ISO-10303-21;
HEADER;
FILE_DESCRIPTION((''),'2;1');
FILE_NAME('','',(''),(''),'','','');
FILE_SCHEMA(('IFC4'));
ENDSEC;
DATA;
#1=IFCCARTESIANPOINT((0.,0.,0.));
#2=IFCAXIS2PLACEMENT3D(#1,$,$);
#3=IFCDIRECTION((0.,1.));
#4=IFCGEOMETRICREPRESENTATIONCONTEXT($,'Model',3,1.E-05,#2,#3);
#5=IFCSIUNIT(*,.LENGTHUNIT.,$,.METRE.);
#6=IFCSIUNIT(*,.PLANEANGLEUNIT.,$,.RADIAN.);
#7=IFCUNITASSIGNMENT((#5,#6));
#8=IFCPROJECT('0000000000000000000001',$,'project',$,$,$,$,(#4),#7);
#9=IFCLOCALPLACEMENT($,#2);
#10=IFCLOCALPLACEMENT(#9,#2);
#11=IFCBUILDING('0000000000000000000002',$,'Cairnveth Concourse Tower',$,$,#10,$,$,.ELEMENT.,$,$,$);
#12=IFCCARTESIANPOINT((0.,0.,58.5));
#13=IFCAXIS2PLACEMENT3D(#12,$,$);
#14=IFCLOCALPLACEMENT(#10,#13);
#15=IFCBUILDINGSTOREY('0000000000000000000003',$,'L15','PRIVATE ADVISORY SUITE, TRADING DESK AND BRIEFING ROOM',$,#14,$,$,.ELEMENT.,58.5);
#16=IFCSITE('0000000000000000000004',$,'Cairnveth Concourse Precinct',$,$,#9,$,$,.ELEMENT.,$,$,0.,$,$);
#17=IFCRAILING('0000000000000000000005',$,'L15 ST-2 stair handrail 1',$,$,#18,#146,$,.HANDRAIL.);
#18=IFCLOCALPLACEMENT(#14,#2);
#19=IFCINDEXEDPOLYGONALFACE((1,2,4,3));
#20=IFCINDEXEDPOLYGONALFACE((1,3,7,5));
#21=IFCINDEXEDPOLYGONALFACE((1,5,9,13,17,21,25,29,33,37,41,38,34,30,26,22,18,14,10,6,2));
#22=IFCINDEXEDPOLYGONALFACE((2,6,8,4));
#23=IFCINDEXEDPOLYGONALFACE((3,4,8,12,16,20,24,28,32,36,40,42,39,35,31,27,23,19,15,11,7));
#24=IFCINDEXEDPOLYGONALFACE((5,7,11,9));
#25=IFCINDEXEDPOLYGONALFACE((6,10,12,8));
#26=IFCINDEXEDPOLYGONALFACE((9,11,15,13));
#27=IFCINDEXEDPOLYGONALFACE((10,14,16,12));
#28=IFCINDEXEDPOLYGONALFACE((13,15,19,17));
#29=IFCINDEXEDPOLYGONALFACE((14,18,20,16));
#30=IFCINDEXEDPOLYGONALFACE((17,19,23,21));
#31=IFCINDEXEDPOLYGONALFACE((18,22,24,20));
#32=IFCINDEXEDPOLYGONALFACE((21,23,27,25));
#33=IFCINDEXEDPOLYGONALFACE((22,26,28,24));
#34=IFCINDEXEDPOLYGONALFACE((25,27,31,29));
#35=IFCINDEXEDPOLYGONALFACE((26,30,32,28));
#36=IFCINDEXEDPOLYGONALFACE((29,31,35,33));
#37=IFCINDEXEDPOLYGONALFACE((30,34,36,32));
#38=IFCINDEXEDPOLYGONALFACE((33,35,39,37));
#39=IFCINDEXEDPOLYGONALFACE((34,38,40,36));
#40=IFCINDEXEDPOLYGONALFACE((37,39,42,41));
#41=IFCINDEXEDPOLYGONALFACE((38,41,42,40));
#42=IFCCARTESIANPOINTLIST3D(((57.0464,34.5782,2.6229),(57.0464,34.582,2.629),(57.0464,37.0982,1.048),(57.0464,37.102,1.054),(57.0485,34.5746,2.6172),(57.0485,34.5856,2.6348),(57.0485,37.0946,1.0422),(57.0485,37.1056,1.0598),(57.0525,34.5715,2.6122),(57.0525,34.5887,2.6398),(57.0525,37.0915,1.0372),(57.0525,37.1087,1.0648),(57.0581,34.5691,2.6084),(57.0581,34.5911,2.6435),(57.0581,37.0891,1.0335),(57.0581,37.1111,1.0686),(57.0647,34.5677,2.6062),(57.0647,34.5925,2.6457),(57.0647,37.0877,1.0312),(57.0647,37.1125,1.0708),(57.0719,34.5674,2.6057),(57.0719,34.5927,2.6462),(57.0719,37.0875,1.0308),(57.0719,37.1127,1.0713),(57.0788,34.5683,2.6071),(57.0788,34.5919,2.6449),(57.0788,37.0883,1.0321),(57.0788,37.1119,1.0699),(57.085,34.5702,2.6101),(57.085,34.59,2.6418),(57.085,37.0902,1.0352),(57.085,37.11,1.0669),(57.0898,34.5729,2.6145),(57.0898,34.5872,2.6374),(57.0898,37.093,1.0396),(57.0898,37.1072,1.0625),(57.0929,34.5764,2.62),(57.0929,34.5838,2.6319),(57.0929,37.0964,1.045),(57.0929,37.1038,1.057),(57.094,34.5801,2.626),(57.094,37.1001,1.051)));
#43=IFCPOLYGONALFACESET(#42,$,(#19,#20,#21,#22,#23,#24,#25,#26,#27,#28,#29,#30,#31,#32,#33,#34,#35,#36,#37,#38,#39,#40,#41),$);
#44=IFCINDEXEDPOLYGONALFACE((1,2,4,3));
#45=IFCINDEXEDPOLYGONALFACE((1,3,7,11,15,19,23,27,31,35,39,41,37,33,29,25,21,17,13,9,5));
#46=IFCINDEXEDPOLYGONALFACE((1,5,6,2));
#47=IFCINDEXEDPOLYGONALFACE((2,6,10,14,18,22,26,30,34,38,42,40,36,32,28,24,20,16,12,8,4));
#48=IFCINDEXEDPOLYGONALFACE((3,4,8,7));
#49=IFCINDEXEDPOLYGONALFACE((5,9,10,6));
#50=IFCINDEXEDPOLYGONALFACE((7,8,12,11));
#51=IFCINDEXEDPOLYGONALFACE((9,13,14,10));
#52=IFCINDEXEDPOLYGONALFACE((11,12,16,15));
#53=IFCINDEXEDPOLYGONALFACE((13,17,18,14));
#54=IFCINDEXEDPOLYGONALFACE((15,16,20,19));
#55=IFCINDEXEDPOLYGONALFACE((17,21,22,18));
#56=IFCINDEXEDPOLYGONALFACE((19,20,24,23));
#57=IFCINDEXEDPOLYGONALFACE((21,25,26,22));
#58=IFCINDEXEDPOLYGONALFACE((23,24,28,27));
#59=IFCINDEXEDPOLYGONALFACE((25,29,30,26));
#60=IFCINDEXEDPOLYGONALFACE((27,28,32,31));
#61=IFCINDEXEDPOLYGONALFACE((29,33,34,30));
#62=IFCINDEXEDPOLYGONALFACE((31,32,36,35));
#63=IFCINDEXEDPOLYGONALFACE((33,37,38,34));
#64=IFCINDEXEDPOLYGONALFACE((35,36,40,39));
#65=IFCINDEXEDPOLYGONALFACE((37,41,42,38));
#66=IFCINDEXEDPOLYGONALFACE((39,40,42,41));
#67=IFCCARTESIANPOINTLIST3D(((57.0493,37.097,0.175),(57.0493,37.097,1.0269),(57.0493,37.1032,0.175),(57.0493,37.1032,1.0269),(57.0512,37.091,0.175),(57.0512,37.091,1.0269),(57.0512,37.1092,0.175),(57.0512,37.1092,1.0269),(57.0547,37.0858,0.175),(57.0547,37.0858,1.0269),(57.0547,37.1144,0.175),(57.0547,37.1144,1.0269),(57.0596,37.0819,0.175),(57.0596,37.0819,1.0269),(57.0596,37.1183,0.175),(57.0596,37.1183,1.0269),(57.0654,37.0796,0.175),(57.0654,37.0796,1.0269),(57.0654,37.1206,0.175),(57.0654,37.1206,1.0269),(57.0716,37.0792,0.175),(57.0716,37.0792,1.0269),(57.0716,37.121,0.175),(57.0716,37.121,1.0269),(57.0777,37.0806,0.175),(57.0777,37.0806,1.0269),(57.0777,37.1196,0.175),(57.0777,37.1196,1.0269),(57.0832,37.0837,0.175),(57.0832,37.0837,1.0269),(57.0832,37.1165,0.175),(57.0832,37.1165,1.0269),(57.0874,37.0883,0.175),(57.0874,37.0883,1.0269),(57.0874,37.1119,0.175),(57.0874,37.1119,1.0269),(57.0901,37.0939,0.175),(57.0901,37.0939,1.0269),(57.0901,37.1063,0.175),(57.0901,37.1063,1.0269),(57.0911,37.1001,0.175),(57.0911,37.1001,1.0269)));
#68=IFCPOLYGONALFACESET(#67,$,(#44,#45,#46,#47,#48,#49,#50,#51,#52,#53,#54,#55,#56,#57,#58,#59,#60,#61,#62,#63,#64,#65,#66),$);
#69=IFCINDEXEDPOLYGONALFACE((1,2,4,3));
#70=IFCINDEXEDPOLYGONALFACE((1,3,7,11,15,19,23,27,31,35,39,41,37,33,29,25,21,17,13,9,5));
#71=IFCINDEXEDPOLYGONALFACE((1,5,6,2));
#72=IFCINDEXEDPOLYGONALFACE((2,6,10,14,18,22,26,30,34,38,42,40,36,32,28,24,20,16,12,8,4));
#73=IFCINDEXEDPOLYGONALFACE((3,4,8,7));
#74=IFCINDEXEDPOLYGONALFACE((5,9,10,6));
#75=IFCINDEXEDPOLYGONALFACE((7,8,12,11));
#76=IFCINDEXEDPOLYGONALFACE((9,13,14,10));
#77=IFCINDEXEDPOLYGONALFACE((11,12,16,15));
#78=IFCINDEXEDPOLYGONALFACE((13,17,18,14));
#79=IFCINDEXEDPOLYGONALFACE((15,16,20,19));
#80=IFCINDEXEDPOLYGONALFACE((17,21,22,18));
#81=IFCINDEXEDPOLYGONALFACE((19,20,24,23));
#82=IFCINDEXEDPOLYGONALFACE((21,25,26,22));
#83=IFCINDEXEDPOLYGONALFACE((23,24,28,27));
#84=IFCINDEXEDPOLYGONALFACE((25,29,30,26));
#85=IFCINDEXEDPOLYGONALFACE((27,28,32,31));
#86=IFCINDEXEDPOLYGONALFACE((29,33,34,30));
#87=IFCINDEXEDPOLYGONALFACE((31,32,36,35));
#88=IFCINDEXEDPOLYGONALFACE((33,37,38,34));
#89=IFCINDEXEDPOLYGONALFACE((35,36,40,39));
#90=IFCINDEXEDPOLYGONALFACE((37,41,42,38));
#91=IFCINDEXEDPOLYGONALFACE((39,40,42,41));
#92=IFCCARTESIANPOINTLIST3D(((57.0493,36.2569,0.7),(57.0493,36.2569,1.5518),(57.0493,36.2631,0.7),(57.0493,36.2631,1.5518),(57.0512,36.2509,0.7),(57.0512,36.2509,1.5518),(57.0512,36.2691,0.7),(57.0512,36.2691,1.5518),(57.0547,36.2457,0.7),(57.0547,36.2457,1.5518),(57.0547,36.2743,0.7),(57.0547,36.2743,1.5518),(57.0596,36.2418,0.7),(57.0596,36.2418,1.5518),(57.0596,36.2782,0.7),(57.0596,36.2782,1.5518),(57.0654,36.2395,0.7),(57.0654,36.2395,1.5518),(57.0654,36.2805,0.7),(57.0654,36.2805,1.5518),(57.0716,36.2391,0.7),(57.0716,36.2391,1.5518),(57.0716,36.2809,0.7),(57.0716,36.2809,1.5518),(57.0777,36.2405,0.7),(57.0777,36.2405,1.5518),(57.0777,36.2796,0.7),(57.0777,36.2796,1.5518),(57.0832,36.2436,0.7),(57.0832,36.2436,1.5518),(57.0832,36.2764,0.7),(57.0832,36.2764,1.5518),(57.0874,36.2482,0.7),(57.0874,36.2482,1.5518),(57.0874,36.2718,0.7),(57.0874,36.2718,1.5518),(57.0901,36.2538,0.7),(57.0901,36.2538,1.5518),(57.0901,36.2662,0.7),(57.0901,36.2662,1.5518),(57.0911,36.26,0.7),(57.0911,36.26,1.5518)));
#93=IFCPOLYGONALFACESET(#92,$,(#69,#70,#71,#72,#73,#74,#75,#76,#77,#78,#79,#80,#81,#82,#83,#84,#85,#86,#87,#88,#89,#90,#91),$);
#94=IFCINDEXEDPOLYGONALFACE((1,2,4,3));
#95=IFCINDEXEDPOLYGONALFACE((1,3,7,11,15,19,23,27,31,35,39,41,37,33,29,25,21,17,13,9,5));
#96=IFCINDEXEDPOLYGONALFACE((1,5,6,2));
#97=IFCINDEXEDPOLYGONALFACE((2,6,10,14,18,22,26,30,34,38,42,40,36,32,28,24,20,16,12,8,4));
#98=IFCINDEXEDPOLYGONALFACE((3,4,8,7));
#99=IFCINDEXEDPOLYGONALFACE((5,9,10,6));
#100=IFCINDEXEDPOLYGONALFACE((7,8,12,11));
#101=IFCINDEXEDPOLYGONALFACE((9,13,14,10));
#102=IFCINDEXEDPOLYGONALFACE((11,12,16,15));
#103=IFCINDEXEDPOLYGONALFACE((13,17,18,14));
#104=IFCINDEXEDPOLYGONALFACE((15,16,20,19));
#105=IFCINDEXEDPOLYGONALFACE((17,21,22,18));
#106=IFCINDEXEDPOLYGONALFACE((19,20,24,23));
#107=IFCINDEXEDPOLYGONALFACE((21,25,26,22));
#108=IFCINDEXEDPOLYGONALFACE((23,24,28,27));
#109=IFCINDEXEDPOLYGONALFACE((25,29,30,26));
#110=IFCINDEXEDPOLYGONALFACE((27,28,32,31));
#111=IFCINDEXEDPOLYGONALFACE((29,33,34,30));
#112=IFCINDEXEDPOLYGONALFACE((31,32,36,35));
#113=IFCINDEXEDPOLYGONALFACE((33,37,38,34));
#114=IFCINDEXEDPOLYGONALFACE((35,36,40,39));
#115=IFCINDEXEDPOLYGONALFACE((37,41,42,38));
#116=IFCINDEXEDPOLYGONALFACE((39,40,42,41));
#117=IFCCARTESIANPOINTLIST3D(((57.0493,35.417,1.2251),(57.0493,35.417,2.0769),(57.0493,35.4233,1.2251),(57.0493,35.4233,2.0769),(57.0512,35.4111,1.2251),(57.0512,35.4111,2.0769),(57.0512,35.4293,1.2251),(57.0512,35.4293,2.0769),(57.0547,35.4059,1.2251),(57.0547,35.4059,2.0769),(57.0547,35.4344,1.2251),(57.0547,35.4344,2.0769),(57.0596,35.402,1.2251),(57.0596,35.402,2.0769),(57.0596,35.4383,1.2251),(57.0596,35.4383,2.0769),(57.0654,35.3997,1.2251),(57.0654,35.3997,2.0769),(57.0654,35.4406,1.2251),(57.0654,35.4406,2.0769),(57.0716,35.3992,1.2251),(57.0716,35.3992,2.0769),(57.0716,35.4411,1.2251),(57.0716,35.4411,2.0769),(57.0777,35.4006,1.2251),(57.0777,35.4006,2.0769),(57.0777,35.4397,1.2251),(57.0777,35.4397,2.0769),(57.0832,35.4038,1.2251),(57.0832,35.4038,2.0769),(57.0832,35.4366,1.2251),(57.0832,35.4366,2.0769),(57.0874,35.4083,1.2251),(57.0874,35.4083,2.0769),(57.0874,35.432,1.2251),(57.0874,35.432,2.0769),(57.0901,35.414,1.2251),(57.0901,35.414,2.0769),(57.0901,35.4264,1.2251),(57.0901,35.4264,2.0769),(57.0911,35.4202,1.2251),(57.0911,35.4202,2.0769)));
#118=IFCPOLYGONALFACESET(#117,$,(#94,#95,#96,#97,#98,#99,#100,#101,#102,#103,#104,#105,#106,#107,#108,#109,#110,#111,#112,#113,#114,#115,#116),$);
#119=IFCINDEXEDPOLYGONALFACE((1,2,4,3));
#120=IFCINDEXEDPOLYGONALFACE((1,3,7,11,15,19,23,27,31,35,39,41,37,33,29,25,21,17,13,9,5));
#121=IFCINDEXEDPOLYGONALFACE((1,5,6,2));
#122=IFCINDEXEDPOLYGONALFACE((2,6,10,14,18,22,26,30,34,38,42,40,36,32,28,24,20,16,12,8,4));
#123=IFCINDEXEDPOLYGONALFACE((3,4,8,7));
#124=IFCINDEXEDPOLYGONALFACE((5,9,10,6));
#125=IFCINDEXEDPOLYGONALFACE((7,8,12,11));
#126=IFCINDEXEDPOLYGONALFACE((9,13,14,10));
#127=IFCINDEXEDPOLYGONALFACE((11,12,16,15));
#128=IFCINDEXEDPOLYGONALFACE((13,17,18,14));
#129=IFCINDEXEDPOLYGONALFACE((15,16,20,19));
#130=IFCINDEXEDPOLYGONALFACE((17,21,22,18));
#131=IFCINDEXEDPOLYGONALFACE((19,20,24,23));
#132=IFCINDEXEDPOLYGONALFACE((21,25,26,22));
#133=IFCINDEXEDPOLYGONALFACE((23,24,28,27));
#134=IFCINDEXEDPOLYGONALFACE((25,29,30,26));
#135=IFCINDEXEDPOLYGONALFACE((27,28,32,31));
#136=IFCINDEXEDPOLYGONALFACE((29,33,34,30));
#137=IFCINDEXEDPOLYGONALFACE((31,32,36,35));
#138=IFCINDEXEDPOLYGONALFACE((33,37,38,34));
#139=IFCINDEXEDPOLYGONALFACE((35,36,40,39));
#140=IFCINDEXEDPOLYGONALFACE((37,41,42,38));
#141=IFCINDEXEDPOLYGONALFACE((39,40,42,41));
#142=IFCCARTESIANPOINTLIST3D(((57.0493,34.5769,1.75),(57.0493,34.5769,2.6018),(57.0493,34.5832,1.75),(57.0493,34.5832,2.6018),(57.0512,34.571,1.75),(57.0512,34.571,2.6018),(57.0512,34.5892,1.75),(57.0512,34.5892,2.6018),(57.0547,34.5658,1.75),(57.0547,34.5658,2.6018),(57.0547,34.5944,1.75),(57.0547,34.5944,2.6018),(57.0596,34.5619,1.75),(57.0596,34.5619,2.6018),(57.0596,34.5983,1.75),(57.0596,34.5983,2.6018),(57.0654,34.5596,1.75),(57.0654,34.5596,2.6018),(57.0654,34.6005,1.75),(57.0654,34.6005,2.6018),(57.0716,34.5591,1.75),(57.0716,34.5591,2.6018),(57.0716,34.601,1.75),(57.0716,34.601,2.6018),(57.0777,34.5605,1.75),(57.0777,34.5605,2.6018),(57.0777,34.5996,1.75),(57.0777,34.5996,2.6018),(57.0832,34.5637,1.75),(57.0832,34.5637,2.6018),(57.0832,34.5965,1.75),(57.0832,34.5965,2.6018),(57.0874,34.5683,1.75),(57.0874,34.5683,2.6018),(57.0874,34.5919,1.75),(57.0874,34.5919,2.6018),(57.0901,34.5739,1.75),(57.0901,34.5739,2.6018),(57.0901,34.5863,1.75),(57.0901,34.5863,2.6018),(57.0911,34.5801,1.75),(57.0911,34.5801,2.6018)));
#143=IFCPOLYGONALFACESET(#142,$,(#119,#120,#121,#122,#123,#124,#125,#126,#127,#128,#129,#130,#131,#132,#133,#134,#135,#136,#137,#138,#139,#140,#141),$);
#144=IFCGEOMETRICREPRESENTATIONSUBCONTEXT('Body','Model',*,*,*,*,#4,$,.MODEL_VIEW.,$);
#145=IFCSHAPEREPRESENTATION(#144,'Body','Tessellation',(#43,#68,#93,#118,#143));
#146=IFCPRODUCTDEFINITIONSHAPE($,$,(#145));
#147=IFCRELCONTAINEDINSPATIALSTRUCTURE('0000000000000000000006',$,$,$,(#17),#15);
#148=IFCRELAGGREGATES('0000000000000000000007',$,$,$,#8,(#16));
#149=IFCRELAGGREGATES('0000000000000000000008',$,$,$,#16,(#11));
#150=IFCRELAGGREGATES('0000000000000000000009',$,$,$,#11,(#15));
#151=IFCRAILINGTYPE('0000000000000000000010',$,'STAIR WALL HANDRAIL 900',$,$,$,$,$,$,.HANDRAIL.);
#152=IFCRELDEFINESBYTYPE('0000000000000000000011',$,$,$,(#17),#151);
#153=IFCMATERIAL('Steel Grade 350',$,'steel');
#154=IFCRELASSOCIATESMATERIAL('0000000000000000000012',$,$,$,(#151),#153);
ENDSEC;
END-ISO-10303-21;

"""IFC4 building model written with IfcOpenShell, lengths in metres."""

from ifc_helpers import new_model, si_unit, direction, frame, origin, origin_2d, place, context, subcontext, project, spatial, circle, extrude, material, type_object, element, save


model = new_model("IFC4")

# Units and contexts
model_context = context("Model", 3, precision=1e-05, world=origin(), true_north=direction((0.0, 1.0)))
body_context = subcontext(model_context, "Body", "Model", "MODEL_VIEW")
ifc_project = project(units=[si_unit("LENGTHUNIT", "METRE"), si_unit("PLANEANGLEUNIT", "RADIAN")], contexts=[model_context])

# Site, building, storey
site_placement = place(None, origin())
site = spatial("IfcSite", under=ifc_project, at=site_placement, Name="Cairnveth Concourse Precinct", CompositionType="ELEMENT", RefElevation=0.0)
building_placement = place(site_placement, origin())
building = spatial("IfcBuilding", under=site, at=building_placement, Name="Cairnveth Concourse Tower", CompositionType="ELEMENT")
storey_placement = place(building_placement, frame((0.0, 0.0, 58.5)))
storey = spatial("IfcBuildingStorey", under=building, at=storey_placement, Name="L15", Description="PRIVATE ADVISORY SUITE, TRADING DESK AND BRIEFING ROOM", CompositionType="ELEMENT", Elevation=58.5)

# Shared definitions
ifc_material_1 = material(Name="Steel Grade 350", Category="steel")

# Railing
railing_type_1 = type_object("IfcRailingType", Name="STAIR WALL HANDRAIL 900", PredefinedType="HANDRAIL", material=ifc_material_1)
railing_1_placement = place(storey_placement, frame((57.0701, 37.1001, 0.175)))
element("IfcRailing", 1, at=railing_1_placement, inside=storey, type_object=railing_type_1, Name="L15 ST-2 stair handrail 1", PredefinedType="HANDRAIL", context=body_context, shape_type="SweptSolid", body=[
    extrude(circle(Radius=0.0239, at=origin_2d()), frame((0.0, 0.0, 0.876), z_axis=(0.0, -0.848008, 0.529984), x_axis=(1.0, 0.0, 0.0)), (0.0, 0.0, 1.0), 2.9717),
    extrude(circle(Radius=0.021, at=origin_2d()), origin(), (0.0, 0.0, 1.0), 0.8518),
    extrude(circle(Radius=0.021, at=origin_2d()), frame((0.0, -0.8401, 0.5249)), (0.0, 0.0, 1.0), 0.8518),
    extrude(circle(Radius=0.021, at=origin_2d()), frame((0.0, -1.6799, 1.05)), (0.0, 0.0, 1.0), 0.8518),
    extrude(circle(Radius=0.021, at=origin_2d()), frame((0.0, -2.52, 1.575)), (0.0, 0.0, 1.0), 0.8518),
])

save(model, "model.ifc")
